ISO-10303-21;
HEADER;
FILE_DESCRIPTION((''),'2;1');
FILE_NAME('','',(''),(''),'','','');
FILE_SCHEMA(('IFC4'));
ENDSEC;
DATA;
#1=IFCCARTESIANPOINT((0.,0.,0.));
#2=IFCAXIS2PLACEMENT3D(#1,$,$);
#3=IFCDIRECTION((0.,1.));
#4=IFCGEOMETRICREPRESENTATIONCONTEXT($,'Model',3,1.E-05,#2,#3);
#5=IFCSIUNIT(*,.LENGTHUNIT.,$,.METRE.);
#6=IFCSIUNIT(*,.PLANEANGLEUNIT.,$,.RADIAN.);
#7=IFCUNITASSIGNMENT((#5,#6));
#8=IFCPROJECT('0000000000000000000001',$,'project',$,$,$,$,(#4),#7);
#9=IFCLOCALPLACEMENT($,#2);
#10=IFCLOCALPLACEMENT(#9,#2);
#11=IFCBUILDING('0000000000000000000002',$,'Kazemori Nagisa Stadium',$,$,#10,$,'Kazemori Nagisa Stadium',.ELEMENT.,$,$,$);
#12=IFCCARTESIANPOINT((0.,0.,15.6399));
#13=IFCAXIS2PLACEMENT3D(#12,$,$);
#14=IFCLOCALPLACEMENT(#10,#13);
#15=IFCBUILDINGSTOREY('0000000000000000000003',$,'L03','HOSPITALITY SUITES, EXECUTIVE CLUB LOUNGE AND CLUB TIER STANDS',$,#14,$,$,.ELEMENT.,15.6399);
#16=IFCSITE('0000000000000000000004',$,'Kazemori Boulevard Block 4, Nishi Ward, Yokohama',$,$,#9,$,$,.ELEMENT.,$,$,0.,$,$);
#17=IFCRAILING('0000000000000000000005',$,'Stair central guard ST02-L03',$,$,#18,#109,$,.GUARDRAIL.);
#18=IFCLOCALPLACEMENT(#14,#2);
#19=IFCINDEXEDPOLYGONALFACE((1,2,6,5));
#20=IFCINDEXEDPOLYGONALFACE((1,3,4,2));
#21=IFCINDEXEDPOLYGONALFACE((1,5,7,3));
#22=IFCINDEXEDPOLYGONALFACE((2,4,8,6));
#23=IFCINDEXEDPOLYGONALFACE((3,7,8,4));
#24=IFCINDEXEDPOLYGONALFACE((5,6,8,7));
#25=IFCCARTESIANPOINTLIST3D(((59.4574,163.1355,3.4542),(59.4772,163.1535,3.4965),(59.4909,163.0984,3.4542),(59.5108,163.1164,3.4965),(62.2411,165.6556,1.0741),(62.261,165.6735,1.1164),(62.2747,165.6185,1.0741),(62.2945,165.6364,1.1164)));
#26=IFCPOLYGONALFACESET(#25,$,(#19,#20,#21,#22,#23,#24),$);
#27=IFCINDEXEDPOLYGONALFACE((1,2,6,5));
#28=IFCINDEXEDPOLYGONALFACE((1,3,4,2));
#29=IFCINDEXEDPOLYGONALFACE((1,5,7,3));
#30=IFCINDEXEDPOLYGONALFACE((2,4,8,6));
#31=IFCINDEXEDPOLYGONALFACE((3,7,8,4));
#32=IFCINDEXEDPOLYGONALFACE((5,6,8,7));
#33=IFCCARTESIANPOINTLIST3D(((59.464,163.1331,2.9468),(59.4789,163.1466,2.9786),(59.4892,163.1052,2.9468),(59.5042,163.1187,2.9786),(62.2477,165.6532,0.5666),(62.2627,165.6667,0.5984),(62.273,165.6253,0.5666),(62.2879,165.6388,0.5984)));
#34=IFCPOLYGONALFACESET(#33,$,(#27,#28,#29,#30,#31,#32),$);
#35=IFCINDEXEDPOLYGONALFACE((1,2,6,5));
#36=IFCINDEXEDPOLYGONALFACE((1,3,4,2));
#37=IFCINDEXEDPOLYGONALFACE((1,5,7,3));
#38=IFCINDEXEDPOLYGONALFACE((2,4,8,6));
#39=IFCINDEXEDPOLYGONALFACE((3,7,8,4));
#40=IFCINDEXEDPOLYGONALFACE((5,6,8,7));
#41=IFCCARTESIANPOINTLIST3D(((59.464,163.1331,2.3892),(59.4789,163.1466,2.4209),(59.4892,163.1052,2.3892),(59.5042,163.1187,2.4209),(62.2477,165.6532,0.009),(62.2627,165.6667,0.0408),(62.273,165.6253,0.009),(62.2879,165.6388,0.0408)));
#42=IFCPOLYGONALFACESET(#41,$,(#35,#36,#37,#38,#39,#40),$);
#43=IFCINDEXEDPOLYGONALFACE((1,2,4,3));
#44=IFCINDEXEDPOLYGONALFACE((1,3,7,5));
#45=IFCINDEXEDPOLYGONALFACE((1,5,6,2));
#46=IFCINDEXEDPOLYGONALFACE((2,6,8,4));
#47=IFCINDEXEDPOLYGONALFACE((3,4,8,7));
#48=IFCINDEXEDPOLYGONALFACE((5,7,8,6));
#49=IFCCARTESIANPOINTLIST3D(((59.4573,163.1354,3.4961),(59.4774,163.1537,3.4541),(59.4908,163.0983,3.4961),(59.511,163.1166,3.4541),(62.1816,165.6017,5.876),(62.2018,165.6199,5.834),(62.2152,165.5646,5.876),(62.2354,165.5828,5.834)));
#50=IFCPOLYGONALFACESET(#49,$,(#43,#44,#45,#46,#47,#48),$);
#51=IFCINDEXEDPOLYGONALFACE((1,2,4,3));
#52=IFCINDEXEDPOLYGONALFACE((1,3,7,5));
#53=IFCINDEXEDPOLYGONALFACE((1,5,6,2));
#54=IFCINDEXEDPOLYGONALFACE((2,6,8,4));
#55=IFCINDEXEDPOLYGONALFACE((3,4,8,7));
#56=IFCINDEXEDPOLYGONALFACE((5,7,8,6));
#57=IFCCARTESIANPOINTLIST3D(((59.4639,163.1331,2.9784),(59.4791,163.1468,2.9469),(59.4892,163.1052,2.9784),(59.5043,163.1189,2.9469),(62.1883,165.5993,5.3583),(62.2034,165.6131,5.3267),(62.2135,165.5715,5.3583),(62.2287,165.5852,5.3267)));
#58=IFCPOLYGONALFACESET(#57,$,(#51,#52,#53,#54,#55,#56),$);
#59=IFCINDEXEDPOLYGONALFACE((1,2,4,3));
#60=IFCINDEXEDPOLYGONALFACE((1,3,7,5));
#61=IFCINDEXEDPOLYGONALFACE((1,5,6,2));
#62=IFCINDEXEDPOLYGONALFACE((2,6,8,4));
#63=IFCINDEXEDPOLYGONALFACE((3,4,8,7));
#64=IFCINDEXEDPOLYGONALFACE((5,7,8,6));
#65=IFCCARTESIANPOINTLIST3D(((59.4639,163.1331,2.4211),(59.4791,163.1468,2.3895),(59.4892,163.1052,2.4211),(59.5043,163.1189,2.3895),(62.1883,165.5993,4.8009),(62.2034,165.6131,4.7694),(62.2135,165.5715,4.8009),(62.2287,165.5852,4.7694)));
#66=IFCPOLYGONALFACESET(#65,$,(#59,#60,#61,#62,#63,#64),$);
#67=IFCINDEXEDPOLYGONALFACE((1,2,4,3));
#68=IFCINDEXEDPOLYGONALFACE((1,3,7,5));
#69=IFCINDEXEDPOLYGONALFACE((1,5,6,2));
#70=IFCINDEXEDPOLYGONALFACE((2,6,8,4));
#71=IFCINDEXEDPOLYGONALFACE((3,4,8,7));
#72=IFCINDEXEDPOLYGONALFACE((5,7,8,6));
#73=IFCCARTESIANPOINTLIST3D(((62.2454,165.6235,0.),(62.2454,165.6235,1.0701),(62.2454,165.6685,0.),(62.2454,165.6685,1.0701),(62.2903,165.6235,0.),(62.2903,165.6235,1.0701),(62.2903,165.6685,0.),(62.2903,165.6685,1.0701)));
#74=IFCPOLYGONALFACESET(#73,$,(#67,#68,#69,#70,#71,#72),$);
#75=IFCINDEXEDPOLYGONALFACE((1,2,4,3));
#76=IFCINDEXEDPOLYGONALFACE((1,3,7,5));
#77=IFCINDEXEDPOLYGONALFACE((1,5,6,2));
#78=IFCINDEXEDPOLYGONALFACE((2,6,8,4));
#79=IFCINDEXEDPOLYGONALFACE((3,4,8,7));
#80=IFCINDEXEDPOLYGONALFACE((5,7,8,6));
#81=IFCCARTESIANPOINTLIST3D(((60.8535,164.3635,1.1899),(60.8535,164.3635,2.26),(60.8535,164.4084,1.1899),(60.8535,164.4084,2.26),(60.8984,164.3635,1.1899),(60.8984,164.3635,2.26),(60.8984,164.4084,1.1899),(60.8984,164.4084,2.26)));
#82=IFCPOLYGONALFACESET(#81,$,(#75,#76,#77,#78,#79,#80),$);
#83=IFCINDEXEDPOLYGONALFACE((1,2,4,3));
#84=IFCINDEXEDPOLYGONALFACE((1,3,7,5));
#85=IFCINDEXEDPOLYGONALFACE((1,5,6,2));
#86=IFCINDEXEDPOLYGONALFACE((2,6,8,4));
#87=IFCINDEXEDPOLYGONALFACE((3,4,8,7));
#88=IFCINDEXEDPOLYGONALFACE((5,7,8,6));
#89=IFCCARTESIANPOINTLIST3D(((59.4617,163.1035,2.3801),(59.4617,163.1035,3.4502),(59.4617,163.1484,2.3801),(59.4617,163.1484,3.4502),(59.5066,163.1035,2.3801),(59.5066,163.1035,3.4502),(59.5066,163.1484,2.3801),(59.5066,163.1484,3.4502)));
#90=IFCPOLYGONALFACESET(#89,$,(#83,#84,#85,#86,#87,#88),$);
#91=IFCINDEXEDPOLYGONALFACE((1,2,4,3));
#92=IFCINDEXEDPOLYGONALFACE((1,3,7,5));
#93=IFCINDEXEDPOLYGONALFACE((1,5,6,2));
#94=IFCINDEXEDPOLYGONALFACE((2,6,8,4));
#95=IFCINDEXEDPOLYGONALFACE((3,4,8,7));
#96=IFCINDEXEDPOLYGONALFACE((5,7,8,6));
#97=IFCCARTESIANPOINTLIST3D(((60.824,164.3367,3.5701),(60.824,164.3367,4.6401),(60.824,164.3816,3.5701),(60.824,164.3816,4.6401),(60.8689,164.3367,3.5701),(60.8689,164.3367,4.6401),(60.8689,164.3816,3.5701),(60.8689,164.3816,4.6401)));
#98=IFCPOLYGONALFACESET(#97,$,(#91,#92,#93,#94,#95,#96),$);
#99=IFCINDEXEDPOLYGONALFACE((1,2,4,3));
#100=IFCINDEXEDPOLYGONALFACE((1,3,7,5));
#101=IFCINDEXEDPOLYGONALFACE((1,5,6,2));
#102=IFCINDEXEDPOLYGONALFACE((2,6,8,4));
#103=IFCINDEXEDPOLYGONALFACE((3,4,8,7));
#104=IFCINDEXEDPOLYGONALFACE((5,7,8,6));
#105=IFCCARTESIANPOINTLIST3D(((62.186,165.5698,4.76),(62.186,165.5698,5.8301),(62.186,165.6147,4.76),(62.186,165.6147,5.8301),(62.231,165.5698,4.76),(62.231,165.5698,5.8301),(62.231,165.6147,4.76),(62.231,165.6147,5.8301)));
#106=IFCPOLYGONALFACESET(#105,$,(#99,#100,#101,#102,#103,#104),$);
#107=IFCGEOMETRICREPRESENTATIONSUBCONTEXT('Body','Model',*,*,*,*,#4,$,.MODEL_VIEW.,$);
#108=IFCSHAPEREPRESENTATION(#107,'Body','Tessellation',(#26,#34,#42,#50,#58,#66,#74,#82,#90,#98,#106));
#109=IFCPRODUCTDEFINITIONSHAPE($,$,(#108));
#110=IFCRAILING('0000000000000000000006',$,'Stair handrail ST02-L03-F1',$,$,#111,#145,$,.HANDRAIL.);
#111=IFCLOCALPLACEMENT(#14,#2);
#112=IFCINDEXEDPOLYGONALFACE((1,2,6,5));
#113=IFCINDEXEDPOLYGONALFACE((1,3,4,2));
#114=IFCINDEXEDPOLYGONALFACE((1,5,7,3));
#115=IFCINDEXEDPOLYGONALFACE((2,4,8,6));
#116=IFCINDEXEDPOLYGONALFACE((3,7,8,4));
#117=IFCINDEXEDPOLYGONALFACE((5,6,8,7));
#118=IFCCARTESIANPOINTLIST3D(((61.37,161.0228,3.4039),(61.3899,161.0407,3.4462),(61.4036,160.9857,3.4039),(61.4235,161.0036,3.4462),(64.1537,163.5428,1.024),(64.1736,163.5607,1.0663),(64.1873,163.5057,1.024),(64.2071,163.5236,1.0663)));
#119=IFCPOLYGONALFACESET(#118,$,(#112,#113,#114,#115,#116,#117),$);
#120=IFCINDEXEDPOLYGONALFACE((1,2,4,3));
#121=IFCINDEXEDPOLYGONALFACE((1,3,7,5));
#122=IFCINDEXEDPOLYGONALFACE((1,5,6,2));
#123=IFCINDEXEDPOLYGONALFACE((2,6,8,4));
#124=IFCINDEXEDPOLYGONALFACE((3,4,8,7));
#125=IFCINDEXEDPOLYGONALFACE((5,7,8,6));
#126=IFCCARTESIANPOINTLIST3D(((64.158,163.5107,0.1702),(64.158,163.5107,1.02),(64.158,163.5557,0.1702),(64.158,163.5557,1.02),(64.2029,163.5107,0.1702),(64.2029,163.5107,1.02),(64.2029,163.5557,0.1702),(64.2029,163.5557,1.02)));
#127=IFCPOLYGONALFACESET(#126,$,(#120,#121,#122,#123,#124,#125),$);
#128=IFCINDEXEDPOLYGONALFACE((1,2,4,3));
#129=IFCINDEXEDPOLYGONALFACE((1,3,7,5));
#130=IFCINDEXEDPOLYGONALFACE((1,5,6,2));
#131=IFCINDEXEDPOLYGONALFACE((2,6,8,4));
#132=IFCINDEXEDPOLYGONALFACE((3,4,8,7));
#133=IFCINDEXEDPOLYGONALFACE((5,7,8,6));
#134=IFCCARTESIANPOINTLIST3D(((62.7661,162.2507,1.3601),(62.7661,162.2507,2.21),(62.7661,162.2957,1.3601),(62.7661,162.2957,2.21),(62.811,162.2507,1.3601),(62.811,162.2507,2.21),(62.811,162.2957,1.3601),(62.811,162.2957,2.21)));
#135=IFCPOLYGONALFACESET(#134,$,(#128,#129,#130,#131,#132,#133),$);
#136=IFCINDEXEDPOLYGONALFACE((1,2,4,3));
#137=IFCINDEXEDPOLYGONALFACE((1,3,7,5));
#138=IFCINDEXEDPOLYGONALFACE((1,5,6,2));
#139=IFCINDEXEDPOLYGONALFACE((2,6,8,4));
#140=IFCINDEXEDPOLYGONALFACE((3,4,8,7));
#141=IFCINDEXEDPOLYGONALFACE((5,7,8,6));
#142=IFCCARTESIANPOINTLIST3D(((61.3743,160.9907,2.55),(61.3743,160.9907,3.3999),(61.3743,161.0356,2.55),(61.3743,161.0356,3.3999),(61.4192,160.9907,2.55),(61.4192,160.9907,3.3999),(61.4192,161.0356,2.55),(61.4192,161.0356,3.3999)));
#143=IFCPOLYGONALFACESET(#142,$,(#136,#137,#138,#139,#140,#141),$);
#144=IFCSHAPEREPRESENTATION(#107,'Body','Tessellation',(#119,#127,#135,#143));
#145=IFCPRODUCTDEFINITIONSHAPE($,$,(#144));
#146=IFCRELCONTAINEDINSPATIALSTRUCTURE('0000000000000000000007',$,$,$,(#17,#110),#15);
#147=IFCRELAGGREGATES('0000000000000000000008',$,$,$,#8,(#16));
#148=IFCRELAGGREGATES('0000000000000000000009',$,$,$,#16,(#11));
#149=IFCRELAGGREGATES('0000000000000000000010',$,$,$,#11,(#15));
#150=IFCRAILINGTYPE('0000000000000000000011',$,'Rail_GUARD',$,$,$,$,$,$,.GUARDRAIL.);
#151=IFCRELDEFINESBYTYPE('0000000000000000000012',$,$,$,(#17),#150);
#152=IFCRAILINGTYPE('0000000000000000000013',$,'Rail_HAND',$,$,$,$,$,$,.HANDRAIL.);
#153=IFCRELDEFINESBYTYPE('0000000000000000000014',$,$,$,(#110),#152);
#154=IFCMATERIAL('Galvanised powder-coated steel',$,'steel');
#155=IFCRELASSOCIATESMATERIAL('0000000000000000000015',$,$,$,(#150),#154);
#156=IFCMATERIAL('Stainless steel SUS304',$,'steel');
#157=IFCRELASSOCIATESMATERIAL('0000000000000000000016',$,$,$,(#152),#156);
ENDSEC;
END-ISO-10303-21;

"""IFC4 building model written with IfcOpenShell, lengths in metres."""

from ifc_helpers import new_model, si_unit, direction, frame, origin, origin_2d, place, context, subcontext, project, spatial, rectangle, extrude, material, type_object, element, save


model = new_model("IFC4")

# Units and contexts
model_context = context("Model", 3, precision=1e-05, world=origin(), true_north=direction((0.0, 1.0)))
body_context = subcontext(model_context, "Body", "Model", "MODEL_VIEW")
ifc_project = project(units=[si_unit("LENGTHUNIT", "METRE"), si_unit("PLANEANGLEUNIT", "RADIAN")], contexts=[model_context])

# Site, building, storey
site_placement = place(None, origin())
site = spatial("IfcSite", under=ifc_project, at=site_placement, Name="Kazemori Boulevard Block 4, Nishi Ward, Yokohama", CompositionType="ELEMENT", RefElevation=0.0)
building_placement = place(site_placement, origin())
building = spatial("IfcBuilding", under=site, at=building_placement, Name="Kazemori Nagisa Stadium", LongName="Kazemori Nagisa Stadium", CompositionType="ELEMENT")
storey_placement = place(building_placement, frame((0.0, 0.0, 15.6399)))
storey = spatial("IfcBuildingStorey", under=building, at=storey_placement, Name="L03", Description="HOSPITALITY SUITES, EXECUTIVE CLUB LOUNGE AND CLUB TIER STANDS", CompositionType="ELEMENT", Elevation=15.6399)

# Railings
ifc_material_1 = material(Name="Galvanised powder-coated steel", Category="steel")
railing_type_1 = type_object("IfcRailingType", Name="Rail_GUARD", PredefinedType="GUARDRAIL", material=ifc_material_1)
railing_1_placement = place(storey_placement, frame((62.2678, 165.646, 0.0)))
element("IfcRailing", 1, at=railing_1_placement, inside=storey, type_object=railing_type_1, Name="Stair central guard ST02-L03", PredefinedType="GUARDRAIL", context=body_context, shape_type="SweptSolid", body=[
    extrude(rectangle(XDim=0.05, YDim=0.05, at=origin_2d()), frame((0.0, 0.0, 1.0952), z_axis=(-0.626151, -0.566842, 0.535375), x_axis=(0.671124, -0.741345, 0.0)), (0.0, 0.0, 1.0), 4.4458),
    extrude(rectangle(XDim=0.0376, YDim=0.0376, at=origin_2d()), frame((0.0, 0.0, 0.5825), z_axis=(-0.626151, -0.566842, 0.535375), x_axis=(0.671124, -0.741345, 0.0)), (0.0, 0.0, 1.0), 4.4458),
    extrude(rectangle(XDim=0.0376, YDim=0.0376, at=origin_2d()), frame((0.0, 0.0, 0.0249), z_axis=(-0.626151, -0.566842, 0.535375), x_axis=(0.671124, -0.741345, 0.0)), (0.0, 0.0, 1.0), 4.4458),
    extrude(rectangle(XDim=0.05, YDim=0.05, at=origin_2d()), frame((-2.7837, -2.52, 3.4751), z_axis=(0.622256, 0.563315, 0.543575), x_axis=(-0.671124, 0.741345, 0.0)), (0.0, 0.0, 1.0), 4.3782),
    extrude(rectangle(XDim=0.0376, YDim=0.0376, at=origin_2d()), frame((-2.7837, -2.52, 2.9626), z_axis=(0.622256, 0.563315, 0.543575), x_axis=(-0.671124, 0.741345, 0.0)), (0.0, 0.0, 1.0), 4.3782),
    extrude(rectangle(XDim=0.0376, YDim=0.0376, at=origin_2d()), frame((-2.7837, -2.52, 2.4053), z_axis=(0.622256, 0.563315, 0.543575), x_axis=(-0.671124, 0.741345, 0.0)), (0.0, 0.0, 1.0), 4.3782),
    extrude(rectangle(XDim=0.0449, YDim=0.0449, at=origin_2d()), origin(), (0.0, 0.0, 1.0), 1.0701),
    extrude(rectangle(XDim=0.0449, YDim=0.0449, at=origin_2d()), frame((-1.3918, -1.26, 1.1899)), (0.0, 0.0, 1.0), 1.0701),
    extrude(rectangle(XDim=0.0449, YDim=0.0449, at=origin_2d()), frame((-2.7837, -2.52, 2.3801)), (0.0, 0.0, 1.0), 1.0701),
    extrude(rectangle(XDim=0.0449, YDim=0.0449, at=origin_2d()), frame((-1.4214, -1.2869, 3.5701)), (0.0, 0.0, 1.0), 1.0701),
    extrude(rectangle(XDim=0.0449, YDim=0.0449, at=origin_2d()), frame((-0.0593, -0.0537, 4.76)), (0.0, 0.0, 1.0), 1.0701),
])
ifc_material_2 = material(Name="Stainless steel SUS304", Category="steel")
railing_type_2 = type_object("IfcRailingType", Name="Rail_HAND", PredefinedType="HANDRAIL", material=ifc_material_2)
railing_2_placement = place(storey_placement, frame((64.1804, 163.5332, 0.1702)))
element("IfcRailing", 2, at=railing_2_placement, inside=storey, type_object=railing_type_2, Name="Stair handrail ST02-L03-F1", PredefinedType="HANDRAIL", context=body_context, shape_type="SweptSolid", body=[
    extrude(rectangle(XDim=0.05, YDim=0.05, at=origin_2d()), frame((0.0, 0.0, 0.875), z_axis=(-0.626169, -0.566858, 0.535336), x_axis=(0.671124, -0.741345, 0.0)), (0.0, 0.0, 1.0), 4.4456),
    extrude(rectangle(XDim=0.0449, YDim=0.0449, at=origin_2d()), origin(), (0.0, 0.0, 1.0), 0.8499),
    extrude(rectangle(XDim=0.0449, YDim=0.0449, at=origin_2d()), frame((-1.3918, -1.26, 1.1899)), (0.0, 0.0, 1.0), 0.8499),
    extrude(rectangle(XDim=0.0449, YDim=0.0449, at=origin_2d()), frame((-2.7837, -2.52, 2.3799)), (0.0, 0.0, 1.0), 0.8499),
])

save(model, "model.ifc")
